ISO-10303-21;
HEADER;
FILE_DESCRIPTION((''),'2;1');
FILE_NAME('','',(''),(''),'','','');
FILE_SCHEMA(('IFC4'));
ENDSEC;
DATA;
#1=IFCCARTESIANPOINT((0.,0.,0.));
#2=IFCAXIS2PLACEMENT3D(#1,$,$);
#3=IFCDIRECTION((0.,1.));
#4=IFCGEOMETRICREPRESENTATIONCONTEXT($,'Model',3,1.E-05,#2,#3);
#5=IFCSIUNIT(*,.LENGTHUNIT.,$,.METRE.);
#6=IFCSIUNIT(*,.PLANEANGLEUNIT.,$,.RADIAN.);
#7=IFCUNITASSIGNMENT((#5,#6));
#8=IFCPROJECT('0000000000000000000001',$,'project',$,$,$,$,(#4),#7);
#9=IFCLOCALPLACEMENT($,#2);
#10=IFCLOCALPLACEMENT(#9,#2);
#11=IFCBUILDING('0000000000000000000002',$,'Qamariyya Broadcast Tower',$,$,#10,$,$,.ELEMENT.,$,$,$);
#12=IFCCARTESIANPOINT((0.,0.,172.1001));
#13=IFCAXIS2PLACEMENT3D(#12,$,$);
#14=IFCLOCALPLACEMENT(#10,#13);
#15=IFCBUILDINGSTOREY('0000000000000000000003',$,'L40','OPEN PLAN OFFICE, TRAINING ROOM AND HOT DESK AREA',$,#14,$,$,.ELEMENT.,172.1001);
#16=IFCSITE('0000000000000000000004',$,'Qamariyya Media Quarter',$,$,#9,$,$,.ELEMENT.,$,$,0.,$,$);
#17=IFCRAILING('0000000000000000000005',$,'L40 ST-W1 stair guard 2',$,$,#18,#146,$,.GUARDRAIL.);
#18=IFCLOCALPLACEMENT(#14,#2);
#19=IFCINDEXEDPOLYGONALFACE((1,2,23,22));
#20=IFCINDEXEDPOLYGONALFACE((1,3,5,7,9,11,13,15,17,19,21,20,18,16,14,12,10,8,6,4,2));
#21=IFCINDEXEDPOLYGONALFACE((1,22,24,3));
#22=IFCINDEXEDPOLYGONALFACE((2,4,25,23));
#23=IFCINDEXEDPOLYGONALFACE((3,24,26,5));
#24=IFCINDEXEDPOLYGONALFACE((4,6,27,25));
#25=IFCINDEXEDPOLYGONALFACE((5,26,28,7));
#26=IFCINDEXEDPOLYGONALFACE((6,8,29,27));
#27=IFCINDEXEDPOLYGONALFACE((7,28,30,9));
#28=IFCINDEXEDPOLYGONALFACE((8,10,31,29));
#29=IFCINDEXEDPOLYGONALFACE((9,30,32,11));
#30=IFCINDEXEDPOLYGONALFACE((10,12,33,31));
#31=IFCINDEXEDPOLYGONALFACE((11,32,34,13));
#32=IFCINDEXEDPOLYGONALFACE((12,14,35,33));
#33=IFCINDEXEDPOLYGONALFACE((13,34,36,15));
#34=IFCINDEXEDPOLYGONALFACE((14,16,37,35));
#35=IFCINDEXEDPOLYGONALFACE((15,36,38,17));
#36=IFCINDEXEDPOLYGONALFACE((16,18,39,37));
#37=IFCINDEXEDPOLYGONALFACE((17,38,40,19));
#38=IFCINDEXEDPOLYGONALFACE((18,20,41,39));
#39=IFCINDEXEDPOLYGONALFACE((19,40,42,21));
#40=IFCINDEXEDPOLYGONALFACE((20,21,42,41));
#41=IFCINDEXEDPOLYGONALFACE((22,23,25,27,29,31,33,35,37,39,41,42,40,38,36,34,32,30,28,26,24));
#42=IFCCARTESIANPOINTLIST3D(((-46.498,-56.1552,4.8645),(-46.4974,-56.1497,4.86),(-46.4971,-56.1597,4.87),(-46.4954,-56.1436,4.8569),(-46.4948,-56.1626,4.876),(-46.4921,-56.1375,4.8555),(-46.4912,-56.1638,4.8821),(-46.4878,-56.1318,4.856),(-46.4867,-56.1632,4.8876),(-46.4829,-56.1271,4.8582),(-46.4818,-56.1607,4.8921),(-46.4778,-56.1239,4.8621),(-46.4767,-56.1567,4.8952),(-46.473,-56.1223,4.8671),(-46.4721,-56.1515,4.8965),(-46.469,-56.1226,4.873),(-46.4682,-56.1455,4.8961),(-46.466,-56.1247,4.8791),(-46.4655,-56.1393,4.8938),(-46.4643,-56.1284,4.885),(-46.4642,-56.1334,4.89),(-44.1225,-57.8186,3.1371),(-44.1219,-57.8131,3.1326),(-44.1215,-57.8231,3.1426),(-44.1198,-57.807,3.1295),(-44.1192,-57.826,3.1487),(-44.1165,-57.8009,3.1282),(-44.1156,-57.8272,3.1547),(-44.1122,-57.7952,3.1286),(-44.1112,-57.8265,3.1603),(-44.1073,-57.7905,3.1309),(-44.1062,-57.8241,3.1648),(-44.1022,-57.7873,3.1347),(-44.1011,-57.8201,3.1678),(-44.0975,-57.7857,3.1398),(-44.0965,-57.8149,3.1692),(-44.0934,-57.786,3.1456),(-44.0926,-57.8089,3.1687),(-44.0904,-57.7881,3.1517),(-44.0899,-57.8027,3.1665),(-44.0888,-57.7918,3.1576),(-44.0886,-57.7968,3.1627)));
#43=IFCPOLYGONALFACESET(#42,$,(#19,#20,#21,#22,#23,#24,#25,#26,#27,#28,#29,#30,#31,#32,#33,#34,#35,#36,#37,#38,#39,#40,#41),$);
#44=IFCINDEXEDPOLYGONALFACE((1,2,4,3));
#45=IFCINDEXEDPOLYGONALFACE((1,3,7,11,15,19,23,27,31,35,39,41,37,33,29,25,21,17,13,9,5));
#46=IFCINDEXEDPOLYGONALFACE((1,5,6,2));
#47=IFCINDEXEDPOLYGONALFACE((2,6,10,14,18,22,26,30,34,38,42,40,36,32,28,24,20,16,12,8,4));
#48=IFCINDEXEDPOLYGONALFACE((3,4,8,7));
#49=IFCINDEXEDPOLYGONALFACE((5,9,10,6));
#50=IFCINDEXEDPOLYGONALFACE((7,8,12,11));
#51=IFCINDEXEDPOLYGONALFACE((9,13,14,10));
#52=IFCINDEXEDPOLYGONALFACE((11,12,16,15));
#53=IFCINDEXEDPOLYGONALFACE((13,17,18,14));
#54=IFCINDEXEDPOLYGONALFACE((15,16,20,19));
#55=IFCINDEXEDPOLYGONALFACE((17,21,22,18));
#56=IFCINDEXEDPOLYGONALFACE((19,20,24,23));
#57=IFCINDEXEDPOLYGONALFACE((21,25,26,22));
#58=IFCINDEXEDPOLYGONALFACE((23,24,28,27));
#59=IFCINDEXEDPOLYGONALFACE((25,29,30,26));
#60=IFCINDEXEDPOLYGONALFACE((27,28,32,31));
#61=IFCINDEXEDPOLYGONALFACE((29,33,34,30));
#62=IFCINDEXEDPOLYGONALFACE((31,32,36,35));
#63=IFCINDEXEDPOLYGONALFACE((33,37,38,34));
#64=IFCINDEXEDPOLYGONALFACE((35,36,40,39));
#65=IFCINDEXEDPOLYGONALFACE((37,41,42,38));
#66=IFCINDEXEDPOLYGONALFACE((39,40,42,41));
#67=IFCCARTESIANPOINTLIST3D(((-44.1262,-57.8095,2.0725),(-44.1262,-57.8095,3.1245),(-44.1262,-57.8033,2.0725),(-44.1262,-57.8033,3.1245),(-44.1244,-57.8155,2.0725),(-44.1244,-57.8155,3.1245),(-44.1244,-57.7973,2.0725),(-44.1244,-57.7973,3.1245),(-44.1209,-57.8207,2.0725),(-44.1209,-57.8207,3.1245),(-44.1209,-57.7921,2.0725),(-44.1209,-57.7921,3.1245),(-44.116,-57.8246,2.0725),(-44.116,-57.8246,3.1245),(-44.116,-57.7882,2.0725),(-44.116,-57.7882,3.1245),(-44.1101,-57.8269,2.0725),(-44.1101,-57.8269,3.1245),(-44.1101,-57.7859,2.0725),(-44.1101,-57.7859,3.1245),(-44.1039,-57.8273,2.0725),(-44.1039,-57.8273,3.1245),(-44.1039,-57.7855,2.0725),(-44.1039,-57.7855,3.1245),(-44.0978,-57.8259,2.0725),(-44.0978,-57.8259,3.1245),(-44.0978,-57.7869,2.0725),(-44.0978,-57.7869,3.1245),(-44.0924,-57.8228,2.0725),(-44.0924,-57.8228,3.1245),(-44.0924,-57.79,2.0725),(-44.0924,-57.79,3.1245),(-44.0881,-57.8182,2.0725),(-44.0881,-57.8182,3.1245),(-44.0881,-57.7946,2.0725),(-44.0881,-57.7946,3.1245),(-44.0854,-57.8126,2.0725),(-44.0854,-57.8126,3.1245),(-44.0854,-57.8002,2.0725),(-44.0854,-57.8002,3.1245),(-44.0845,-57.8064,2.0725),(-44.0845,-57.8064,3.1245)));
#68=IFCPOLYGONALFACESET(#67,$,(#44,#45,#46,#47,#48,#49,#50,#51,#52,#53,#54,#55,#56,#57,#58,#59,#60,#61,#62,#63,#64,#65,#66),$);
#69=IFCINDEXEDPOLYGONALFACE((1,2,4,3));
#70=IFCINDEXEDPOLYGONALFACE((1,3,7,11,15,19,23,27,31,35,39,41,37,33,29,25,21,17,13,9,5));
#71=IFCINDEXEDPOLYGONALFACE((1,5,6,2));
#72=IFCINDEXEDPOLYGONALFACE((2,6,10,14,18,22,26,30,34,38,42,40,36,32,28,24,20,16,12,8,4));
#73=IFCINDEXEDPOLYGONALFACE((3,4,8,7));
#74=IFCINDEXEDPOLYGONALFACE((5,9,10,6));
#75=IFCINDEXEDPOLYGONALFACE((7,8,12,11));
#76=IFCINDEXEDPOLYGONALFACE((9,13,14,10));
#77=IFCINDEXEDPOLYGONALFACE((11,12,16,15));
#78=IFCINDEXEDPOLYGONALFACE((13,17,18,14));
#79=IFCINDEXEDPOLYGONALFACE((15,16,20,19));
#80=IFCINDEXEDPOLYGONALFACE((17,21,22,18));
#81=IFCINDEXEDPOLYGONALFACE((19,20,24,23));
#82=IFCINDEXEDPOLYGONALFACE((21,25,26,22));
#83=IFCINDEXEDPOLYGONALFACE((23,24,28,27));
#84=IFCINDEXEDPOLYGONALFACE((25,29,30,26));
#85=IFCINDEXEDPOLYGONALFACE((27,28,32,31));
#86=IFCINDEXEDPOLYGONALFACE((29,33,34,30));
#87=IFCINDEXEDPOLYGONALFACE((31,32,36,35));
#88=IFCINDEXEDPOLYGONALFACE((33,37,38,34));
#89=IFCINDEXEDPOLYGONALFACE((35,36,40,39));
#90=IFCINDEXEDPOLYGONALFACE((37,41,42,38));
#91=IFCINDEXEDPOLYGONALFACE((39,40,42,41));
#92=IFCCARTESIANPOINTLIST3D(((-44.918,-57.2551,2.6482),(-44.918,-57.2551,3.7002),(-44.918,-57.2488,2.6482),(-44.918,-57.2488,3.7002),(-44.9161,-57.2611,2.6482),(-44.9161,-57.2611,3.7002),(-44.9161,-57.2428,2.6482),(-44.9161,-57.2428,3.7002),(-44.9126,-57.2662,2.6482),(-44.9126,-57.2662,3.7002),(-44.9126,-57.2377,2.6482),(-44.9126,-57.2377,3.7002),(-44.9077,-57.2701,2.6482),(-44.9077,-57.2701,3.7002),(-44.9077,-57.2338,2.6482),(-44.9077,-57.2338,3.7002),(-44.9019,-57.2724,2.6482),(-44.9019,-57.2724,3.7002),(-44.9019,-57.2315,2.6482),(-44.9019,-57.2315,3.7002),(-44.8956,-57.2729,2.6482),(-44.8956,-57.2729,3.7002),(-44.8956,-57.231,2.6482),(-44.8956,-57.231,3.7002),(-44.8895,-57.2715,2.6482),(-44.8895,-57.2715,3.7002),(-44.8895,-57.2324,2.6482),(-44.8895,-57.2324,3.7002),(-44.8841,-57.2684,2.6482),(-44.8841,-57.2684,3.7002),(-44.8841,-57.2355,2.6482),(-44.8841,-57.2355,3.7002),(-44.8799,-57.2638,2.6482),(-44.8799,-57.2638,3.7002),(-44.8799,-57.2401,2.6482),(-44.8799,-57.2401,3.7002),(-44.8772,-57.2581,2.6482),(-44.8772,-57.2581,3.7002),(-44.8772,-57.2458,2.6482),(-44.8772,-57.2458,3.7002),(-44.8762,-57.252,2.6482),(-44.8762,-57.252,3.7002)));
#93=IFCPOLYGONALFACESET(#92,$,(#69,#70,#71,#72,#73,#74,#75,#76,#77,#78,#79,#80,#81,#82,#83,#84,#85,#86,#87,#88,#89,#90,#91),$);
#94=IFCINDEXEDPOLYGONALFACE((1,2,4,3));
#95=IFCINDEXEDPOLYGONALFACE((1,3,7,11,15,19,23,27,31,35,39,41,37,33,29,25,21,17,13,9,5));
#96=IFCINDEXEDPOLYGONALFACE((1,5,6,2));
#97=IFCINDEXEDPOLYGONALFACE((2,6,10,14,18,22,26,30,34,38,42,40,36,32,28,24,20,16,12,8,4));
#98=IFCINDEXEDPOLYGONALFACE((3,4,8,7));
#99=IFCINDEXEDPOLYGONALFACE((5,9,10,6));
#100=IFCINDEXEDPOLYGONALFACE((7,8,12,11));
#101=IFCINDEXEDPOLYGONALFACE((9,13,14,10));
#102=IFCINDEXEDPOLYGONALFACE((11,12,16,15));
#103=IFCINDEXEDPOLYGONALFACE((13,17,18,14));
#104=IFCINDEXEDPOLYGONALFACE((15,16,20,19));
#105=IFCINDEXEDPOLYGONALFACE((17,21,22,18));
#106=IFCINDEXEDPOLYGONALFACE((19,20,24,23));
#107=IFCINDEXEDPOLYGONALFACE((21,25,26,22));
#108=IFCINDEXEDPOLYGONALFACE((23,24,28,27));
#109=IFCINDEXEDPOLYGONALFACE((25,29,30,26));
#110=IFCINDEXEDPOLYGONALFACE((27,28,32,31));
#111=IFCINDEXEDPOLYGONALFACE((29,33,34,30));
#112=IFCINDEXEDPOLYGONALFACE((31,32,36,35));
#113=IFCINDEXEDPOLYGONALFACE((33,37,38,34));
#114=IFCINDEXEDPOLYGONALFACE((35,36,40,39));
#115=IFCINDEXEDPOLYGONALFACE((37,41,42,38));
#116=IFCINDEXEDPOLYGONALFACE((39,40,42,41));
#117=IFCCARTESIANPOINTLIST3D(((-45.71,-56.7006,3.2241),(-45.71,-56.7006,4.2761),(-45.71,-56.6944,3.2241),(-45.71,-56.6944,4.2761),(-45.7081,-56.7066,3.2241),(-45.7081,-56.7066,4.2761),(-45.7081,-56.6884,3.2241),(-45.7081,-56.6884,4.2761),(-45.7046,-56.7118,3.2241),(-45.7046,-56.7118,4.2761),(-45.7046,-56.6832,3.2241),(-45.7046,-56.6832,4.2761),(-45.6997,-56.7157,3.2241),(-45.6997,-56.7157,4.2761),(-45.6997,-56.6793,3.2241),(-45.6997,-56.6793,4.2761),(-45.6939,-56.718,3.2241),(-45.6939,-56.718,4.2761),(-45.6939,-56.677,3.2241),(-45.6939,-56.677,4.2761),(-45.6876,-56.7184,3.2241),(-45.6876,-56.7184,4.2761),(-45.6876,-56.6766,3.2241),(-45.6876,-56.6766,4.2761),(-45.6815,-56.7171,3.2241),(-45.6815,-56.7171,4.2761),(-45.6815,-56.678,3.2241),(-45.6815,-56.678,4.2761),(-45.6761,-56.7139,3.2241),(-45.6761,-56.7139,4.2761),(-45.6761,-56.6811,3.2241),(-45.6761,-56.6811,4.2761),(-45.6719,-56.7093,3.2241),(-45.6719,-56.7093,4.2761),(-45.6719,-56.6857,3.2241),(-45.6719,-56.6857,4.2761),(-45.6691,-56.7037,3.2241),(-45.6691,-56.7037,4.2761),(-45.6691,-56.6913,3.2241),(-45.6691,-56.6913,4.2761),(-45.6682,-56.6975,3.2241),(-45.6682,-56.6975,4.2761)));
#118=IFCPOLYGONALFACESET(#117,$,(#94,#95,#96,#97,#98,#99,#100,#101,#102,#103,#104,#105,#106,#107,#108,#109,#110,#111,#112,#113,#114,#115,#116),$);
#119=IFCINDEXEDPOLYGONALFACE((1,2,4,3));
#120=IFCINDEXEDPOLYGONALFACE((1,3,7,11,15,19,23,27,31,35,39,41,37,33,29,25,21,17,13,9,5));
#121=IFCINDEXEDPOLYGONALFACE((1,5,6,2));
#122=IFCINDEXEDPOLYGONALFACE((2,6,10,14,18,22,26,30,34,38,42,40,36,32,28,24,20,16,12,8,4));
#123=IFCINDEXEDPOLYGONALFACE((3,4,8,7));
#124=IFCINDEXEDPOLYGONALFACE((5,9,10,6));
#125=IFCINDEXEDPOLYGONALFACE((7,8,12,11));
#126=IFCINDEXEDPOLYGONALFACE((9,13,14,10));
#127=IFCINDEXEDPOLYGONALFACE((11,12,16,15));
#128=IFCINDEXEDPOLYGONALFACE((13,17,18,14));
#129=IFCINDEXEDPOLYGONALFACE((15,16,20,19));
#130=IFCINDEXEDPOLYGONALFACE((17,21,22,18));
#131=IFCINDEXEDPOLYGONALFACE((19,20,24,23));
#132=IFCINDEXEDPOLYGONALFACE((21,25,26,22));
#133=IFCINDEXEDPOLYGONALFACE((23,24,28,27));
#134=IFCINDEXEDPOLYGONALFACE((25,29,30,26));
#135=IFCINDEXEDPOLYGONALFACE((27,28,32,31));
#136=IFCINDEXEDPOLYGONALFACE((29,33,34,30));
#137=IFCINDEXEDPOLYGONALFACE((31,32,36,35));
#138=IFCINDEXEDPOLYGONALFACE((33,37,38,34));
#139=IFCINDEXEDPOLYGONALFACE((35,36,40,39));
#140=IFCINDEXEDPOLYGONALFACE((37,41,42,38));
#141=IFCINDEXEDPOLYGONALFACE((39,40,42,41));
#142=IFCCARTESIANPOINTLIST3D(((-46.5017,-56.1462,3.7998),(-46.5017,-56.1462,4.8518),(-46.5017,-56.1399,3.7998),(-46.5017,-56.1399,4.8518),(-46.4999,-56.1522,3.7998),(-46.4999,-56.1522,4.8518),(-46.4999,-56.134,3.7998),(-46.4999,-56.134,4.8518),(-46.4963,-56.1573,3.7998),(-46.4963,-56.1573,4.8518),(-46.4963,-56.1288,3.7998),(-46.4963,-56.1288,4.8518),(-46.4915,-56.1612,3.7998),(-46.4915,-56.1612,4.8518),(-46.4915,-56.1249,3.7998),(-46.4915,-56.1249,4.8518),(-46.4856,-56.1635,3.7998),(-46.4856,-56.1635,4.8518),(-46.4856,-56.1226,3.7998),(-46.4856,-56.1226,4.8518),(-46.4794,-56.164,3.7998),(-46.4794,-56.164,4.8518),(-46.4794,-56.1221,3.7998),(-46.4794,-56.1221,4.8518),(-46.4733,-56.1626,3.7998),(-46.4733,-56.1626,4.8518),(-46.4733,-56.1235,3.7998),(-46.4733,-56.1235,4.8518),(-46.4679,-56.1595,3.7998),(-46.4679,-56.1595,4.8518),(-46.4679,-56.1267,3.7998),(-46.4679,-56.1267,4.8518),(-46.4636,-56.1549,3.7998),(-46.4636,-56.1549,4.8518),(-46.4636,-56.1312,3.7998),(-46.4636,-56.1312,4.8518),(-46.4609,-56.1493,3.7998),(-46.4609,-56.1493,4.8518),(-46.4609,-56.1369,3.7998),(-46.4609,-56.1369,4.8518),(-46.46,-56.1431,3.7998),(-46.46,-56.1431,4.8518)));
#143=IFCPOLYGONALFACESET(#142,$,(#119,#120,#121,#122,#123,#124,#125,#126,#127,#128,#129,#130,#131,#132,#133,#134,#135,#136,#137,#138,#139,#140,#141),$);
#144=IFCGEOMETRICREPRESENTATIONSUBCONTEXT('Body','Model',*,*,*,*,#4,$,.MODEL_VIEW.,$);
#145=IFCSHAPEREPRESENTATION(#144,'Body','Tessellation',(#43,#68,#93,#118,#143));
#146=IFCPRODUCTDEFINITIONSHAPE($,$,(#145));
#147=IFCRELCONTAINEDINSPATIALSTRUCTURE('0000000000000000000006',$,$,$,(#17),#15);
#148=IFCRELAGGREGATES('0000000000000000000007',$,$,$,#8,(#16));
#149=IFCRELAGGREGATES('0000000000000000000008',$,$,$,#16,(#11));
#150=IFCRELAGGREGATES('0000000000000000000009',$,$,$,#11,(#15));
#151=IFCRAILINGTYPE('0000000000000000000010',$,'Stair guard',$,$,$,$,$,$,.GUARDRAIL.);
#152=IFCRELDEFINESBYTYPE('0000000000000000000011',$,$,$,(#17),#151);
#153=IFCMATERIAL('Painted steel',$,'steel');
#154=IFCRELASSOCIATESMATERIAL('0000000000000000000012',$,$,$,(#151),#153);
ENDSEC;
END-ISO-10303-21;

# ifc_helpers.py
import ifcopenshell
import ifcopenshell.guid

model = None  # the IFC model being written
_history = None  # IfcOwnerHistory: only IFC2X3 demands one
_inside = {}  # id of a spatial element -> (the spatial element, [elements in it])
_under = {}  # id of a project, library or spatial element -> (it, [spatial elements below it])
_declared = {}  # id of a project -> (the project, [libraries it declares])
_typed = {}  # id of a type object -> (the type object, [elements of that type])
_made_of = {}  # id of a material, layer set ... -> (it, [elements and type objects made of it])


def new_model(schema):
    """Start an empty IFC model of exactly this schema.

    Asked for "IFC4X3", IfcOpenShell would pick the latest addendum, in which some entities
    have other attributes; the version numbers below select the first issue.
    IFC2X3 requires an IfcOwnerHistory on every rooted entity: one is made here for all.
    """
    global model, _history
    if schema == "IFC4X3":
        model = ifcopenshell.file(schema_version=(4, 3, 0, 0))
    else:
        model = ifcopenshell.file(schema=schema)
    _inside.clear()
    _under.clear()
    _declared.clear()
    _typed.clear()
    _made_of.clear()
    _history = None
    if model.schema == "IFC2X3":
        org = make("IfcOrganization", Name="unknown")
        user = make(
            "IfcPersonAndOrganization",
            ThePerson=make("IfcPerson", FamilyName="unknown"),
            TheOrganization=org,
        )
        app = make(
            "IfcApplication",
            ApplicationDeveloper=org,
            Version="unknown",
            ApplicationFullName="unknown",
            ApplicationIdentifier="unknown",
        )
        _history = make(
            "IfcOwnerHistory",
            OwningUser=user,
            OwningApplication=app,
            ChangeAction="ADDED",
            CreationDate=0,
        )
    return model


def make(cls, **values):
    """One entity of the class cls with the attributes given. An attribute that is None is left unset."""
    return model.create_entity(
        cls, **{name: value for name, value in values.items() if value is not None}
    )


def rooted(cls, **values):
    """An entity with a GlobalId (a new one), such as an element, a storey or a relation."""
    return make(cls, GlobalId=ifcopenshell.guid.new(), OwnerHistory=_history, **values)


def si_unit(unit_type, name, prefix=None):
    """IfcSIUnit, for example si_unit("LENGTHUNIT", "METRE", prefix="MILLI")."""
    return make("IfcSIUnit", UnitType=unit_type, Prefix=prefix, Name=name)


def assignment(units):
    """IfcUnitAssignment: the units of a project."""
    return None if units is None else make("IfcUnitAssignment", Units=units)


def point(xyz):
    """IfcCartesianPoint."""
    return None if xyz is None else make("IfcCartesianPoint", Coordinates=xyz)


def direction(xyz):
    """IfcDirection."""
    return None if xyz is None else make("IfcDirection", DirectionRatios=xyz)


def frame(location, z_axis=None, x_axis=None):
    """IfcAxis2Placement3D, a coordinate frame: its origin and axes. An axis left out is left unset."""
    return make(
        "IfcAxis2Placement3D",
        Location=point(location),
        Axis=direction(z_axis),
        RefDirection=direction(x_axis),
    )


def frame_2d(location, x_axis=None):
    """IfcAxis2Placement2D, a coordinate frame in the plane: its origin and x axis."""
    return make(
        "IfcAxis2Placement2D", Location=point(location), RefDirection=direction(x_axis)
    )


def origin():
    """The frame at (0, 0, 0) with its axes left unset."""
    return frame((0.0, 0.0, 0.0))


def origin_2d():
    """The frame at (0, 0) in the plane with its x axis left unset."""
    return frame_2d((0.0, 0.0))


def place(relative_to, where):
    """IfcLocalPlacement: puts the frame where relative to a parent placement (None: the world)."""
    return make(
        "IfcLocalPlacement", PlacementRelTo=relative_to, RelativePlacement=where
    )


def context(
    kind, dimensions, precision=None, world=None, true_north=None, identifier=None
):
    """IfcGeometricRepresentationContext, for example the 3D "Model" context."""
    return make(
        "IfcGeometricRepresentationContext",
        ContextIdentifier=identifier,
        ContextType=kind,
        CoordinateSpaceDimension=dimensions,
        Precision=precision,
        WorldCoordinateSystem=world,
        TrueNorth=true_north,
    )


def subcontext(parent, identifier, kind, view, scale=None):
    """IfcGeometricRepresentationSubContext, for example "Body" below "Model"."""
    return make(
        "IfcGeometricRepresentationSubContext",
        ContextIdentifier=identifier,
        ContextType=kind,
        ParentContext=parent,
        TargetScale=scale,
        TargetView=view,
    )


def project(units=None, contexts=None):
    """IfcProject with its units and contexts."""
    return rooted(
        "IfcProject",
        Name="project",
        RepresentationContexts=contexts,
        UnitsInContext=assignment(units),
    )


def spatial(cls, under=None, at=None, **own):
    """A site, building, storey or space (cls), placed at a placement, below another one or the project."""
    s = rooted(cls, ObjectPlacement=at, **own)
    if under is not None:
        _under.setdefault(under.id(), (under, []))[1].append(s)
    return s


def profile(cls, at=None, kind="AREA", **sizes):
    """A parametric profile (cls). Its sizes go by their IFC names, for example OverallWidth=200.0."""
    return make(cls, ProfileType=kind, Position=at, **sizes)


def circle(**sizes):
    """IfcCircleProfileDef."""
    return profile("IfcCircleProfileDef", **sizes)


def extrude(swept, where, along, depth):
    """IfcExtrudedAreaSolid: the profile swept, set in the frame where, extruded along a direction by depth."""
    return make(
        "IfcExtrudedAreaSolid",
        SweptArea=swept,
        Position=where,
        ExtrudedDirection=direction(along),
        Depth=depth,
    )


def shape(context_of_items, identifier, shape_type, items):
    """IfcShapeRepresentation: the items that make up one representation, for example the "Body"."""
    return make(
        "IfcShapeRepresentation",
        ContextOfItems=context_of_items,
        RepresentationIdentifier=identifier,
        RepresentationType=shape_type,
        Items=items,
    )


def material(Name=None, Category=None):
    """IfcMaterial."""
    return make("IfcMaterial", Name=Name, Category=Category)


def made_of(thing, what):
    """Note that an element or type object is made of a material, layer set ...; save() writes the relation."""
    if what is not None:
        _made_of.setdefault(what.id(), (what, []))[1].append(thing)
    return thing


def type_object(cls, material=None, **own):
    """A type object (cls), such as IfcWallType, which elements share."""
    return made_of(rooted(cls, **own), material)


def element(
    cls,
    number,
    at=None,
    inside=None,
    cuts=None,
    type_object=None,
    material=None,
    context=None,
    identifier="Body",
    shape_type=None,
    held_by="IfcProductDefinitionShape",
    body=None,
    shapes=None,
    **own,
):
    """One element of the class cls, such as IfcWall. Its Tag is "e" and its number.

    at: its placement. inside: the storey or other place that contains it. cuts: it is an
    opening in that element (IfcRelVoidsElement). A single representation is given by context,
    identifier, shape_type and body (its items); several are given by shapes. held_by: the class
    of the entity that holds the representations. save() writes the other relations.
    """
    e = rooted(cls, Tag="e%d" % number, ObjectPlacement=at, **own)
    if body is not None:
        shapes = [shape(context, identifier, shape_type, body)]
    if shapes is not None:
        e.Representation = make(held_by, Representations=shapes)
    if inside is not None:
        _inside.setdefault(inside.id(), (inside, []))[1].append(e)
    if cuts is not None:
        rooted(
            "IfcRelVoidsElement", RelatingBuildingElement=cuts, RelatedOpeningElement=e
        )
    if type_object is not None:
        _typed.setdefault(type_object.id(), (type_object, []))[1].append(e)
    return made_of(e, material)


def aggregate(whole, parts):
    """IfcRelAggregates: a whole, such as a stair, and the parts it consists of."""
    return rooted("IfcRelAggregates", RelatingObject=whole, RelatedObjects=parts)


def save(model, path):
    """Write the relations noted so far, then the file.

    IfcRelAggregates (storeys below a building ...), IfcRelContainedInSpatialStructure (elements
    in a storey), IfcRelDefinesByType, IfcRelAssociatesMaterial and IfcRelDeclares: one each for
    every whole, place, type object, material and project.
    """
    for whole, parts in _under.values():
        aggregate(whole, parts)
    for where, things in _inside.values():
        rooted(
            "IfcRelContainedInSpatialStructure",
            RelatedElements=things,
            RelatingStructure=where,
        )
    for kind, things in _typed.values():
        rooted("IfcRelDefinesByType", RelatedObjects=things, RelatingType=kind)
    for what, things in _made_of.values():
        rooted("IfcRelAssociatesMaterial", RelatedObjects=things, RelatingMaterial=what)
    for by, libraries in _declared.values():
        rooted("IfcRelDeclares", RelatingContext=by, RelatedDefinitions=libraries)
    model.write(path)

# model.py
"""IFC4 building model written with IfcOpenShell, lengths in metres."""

from ifc_helpers import new_model, si_unit, direction, frame, origin, origin_2d, place, context, subcontext, project, spatial, circle, extrude, material, type_object, element, save


model = new_model("IFC4")

# Units and contexts
model_context = context("Model", 3, precision=1e-05, world=origin(), true_north=direction((0.0, 1.0)))
body_context = subcontext(model_context, "Body", "Model", "MODEL_VIEW")
ifc_project = project(units=[si_unit("LENGTHUNIT", "METRE"), si_unit("PLANEANGLEUNIT", "RADIAN")], contexts=[model_context])

# Site, building, storey
site_placement = place(None, origin())
site = spatial("IfcSite", under=ifc_project, at=site_placement, Name="Qamariyya Media Quarter", CompositionType="ELEMENT", RefElevation=0.0)
building_placement = place(site_placement, origin())
building = spatial("IfcBuilding", under=site, at=building_placement, Name="Qamariyya Broadcast Tower", CompositionType="ELEMENT")
storey_placement = place(building_placement, frame((0.0, 0.0, 172.1001)))
storey = spatial("IfcBuildingStorey", under=building, at=storey_placement, Name="L40", Description="OPEN PLAN OFFICE, TRAINING ROOM AND HOT DESK AREA", CompositionType="ELEMENT", Elevation=172.1001)

# Railing
ifc_material_1 = material(Name="Painted steel", Category="steel")
railing_type_1 = type_object("IfcRailingType", Name="Stair guard", PredefinedType="GUARDRAIL", material=ifc_material_1)
railing_1_placement = place(storey_placement, frame((-44.1055, -57.8064, 2.0725)))
element("IfcRailing", 1, at=railing_1_placement, inside=storey, type_object=railing_type_1, Name="L40 ST-W1 stair guard 2", PredefinedType="GUARDRAIL", context=body_context, shape_type="SweptSolid", body=[
    extrude(circle(Radius=0.0239, at=origin_2d()), frame((0.0, 0.0, 1.0762), z_axis=(-0.70377, 0.492784, 0.511734), x_axis=(-0.573575, -0.819153, 0.0)), (0.0, 0.0, 1.0), 3.3755),
    extrude(circle(Radius=0.021, at=origin_2d()), origin(), (0.0, 0.0, 1.0), 1.052),
    extrude(circle(Radius=0.021, at=origin_2d()), frame((-0.7917, 0.5544, 0.5757)), (0.0, 0.0, 1.0), 1.052),
    extrude(circle(Radius=0.021, at=origin_2d()), frame((-1.5837, 1.1089, 1.1516)), (0.0, 0.0, 1.0), 1.052),
    extrude(circle(Radius=0.021, at=origin_2d()), frame((-2.3755, 1.6633, 1.7273)), (0.0, 0.0, 1.0), 1.052),
])

save(model, "model.ifc")
